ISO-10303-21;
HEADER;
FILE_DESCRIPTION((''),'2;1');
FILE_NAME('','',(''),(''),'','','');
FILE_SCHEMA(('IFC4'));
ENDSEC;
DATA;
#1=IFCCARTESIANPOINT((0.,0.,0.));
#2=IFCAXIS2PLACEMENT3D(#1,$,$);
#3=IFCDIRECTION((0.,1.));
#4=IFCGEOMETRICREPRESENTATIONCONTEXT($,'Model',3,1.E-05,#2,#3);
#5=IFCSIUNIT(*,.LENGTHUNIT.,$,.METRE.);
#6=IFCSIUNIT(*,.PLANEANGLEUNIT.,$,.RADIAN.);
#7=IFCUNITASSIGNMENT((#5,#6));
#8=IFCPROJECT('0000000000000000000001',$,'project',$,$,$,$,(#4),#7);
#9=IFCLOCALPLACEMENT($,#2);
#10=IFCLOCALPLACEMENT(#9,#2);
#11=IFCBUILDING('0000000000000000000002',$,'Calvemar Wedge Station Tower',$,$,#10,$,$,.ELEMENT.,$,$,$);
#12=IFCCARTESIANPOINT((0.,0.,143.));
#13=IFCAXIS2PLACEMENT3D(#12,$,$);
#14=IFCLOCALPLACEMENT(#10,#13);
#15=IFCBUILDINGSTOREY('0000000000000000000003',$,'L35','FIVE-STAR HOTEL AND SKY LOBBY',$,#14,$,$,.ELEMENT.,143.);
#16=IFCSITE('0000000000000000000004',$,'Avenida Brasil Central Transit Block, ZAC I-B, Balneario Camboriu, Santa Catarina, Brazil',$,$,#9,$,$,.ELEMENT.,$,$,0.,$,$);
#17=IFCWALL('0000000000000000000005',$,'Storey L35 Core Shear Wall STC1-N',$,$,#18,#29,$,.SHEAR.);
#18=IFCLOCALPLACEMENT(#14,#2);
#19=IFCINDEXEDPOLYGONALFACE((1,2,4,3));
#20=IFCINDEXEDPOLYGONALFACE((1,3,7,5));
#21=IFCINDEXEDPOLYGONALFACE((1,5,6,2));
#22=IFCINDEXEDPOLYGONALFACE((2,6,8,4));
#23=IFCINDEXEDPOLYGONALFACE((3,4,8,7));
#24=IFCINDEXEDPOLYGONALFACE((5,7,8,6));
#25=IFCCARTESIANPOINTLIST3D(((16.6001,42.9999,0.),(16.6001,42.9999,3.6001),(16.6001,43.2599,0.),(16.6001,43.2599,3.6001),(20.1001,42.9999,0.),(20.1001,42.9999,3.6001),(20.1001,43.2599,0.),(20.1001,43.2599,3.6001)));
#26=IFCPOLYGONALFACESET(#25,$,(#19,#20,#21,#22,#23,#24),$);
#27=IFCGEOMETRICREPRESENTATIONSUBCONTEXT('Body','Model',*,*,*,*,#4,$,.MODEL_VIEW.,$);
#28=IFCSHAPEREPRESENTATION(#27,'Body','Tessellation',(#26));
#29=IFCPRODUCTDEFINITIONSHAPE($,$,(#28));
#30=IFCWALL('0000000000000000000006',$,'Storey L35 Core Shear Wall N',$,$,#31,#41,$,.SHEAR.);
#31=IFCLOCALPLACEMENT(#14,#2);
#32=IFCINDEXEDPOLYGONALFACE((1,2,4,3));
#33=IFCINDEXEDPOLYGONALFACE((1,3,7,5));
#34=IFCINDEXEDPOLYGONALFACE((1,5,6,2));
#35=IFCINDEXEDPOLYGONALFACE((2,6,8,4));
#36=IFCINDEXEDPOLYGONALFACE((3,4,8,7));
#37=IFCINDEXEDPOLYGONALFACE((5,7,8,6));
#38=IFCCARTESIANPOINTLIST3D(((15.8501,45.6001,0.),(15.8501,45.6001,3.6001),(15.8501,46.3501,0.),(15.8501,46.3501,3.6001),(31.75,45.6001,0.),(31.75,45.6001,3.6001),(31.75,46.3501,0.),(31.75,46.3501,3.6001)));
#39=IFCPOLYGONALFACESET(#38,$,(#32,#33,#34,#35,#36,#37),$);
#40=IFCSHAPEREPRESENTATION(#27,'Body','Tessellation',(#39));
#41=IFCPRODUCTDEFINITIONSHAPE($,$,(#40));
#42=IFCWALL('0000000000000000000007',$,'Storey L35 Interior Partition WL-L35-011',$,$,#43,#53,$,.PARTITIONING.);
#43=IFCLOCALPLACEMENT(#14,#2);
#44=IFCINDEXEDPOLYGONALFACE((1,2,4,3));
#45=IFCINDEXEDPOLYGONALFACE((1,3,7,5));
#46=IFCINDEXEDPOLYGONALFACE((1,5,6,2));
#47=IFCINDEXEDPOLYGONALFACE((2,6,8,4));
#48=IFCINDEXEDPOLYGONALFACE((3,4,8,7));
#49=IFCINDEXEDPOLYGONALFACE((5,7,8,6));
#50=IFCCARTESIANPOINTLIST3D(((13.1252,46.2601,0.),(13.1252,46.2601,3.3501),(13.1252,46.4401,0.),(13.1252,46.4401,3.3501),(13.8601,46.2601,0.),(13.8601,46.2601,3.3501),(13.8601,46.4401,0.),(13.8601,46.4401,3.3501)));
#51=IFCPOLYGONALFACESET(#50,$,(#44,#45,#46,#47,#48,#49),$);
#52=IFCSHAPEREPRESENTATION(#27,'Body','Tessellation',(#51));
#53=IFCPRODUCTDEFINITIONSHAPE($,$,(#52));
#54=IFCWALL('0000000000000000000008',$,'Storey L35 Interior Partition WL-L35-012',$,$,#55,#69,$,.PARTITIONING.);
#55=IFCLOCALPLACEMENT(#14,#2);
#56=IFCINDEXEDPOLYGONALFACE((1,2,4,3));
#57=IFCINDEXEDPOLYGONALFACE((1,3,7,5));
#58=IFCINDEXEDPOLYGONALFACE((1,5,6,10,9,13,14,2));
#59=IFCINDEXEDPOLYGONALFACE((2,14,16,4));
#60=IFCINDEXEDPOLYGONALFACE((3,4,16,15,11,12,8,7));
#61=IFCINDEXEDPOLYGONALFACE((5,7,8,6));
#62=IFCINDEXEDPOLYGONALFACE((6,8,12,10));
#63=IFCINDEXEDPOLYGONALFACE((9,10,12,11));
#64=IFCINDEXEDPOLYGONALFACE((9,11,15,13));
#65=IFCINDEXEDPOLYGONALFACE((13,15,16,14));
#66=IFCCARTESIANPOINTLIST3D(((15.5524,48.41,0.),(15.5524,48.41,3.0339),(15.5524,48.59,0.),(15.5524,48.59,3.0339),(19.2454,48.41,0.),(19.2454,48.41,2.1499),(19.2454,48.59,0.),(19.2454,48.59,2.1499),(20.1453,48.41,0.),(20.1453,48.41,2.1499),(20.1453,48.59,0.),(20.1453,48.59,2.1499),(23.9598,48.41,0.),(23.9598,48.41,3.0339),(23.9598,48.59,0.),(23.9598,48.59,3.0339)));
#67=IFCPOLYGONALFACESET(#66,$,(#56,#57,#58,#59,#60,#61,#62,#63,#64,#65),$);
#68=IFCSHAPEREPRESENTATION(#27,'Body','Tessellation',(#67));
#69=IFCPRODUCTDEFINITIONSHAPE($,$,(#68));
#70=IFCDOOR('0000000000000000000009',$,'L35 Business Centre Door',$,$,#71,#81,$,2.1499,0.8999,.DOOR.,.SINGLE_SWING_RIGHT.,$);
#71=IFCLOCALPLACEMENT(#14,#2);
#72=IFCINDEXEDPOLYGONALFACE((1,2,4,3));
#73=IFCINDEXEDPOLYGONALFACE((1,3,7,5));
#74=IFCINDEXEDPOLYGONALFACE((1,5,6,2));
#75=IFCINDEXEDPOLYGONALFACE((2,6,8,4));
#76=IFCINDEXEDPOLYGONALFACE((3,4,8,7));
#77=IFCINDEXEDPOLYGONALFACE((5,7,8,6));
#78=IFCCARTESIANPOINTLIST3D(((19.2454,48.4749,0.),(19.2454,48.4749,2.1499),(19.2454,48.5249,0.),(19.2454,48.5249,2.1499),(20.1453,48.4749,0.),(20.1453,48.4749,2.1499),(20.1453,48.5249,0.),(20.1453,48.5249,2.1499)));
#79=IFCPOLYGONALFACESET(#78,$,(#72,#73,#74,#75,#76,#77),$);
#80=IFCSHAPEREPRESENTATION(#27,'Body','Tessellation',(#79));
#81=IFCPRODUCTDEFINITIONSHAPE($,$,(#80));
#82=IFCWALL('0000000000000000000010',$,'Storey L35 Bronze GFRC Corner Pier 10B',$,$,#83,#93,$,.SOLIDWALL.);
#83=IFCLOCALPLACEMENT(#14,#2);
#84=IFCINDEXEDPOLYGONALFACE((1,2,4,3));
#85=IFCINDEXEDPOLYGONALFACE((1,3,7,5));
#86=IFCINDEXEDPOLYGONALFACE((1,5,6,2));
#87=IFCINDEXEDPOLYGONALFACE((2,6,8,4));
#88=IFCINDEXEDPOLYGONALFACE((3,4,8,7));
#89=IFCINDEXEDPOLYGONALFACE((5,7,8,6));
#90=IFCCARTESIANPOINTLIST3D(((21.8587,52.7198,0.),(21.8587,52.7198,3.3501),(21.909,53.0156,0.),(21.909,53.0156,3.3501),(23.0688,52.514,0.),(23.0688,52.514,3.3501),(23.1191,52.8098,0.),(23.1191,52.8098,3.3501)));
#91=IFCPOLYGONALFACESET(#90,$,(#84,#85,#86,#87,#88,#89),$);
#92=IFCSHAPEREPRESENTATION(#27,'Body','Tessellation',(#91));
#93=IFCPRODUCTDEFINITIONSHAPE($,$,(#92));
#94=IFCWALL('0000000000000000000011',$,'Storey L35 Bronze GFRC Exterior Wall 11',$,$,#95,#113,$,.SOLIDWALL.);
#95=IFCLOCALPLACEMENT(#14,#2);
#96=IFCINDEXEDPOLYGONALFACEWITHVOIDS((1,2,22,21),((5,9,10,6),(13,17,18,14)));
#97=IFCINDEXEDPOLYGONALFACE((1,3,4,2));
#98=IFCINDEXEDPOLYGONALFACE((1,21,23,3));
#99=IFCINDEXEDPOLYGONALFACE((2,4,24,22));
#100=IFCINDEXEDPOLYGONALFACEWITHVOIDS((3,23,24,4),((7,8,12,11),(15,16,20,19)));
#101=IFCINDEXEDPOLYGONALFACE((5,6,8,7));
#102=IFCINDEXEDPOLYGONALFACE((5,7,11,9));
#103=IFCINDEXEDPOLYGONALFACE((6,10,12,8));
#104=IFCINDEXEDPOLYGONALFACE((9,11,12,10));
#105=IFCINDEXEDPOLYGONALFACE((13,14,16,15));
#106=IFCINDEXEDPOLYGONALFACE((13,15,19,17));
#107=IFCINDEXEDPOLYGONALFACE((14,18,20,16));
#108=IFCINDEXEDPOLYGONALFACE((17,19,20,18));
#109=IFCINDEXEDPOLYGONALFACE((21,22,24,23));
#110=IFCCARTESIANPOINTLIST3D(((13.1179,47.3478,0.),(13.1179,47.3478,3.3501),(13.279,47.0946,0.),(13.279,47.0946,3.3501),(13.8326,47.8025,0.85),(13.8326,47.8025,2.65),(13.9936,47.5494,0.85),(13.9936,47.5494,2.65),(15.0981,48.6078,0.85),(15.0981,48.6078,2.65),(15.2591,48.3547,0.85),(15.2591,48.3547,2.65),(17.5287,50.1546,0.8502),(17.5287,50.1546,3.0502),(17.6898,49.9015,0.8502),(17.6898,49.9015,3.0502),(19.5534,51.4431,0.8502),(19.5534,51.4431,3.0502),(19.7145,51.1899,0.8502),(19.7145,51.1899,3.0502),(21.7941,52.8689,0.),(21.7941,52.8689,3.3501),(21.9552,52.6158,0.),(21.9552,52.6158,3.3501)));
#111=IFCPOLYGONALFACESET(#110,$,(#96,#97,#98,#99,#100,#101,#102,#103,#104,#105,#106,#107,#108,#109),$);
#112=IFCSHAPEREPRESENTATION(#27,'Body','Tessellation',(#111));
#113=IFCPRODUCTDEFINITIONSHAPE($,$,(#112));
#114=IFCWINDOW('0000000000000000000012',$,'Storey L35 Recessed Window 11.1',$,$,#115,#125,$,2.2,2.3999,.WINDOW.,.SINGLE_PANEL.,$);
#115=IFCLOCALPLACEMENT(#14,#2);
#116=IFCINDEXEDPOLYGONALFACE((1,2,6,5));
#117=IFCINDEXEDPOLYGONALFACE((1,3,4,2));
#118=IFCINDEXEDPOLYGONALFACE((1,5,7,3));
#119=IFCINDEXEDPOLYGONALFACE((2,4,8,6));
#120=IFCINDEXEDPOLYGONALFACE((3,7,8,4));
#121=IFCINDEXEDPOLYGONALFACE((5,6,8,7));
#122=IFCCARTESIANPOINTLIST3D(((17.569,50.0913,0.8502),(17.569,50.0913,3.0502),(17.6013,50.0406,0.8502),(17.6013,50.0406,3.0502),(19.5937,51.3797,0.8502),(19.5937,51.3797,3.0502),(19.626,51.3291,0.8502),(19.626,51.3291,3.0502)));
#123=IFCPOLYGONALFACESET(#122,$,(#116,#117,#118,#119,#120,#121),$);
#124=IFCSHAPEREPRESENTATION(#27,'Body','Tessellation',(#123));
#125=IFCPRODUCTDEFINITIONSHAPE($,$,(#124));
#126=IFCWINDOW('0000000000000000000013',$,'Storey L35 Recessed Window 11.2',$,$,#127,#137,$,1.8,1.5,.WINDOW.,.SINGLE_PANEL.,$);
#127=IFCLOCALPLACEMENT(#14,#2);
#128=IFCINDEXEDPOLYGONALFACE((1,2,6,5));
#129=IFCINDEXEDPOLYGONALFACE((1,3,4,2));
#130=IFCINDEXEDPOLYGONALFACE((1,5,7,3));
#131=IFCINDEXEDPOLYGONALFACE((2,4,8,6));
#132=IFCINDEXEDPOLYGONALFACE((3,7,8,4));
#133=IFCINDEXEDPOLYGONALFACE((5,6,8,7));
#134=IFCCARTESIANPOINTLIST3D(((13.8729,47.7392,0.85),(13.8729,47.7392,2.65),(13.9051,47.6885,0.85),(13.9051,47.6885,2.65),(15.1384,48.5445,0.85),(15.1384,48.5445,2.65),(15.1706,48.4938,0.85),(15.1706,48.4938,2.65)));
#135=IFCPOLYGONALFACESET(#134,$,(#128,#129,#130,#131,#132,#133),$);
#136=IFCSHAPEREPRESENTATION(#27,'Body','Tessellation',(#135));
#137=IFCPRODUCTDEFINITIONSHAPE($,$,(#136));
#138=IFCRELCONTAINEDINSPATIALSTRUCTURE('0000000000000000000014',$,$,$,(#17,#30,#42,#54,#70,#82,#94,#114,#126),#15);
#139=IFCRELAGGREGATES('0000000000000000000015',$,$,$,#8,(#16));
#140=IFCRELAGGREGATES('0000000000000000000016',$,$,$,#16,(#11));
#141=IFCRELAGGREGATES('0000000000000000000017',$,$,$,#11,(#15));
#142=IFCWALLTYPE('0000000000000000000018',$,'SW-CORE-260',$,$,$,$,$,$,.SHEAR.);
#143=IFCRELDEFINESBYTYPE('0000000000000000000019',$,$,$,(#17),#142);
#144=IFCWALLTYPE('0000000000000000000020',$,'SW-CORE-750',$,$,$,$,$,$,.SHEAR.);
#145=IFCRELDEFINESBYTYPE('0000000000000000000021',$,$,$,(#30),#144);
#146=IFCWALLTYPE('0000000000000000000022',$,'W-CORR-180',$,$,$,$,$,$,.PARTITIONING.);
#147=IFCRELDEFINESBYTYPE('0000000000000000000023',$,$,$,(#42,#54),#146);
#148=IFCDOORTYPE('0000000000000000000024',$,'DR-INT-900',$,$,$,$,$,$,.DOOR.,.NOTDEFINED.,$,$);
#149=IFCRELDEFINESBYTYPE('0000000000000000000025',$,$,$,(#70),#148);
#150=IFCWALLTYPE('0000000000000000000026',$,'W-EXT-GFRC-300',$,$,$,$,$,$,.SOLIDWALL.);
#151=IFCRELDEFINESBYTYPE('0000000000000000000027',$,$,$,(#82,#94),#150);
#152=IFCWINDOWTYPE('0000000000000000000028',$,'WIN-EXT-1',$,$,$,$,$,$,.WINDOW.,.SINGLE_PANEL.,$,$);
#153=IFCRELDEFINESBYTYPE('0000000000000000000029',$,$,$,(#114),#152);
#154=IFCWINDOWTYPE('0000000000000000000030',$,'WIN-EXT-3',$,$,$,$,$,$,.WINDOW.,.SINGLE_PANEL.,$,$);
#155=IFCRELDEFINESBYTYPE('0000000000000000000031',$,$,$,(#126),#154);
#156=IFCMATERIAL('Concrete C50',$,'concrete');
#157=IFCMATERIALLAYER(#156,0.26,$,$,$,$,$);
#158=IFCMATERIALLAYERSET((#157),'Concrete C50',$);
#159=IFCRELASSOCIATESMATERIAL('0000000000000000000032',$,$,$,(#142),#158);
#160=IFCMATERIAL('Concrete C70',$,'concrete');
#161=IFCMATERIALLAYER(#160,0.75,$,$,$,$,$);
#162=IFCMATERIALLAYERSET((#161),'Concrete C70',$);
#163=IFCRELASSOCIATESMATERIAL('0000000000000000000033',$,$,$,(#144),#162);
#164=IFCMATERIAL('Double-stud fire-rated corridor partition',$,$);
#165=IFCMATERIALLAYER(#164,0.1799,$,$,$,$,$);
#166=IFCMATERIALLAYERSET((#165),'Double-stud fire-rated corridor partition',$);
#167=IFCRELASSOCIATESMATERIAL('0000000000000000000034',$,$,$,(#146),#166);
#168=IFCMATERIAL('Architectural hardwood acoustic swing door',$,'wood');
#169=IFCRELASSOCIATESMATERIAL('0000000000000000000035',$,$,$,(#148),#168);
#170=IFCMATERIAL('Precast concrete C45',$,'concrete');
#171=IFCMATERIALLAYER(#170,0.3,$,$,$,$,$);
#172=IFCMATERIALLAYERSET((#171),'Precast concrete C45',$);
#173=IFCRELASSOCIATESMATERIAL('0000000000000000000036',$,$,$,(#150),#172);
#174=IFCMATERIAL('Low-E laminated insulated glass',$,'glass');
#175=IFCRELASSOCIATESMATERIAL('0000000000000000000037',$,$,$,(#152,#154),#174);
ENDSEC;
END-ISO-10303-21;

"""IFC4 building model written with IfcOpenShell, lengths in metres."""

from ifc_helpers import new_model, si_unit, direction, frame, frame_2d, origin, place, context, subcontext, project, spatial, rectangle, extrude, source, transform, mapped, material, layer, layer_set, type_object, element, fill, save


model = new_model("IFC4")

# Units and contexts
model_context = context("Model", 3, precision=1e-05, world=origin(), true_north=direction((0.0, 1.0)))
body_context = subcontext(model_context, "Body", "Model", "MODEL_VIEW")
ifc_project = project(units=[si_unit("LENGTHUNIT", "METRE"), si_unit("PLANEANGLEUNIT", "RADIAN")], contexts=[model_context])

# Site, building, storey
site_placement = place(None, origin())
site = spatial("IfcSite", under=ifc_project, at=site_placement, Name="Avenida Brasil Central Transit Block, ZAC I-B, Balneario Camboriu, Santa Catarina, Brazil", CompositionType="ELEMENT", RefElevation=0.0)
building_placement = place(site_placement, origin())
building = spatial("IfcBuilding", under=site, at=building_placement, Name="Calvemar Wedge Station Tower", CompositionType="ELEMENT")
storey_placement = place(building_placement, frame((0.0, 0.0, 143.0)))
storey = spatial("IfcBuildingStorey", under=building, at=storey_placement, Name="L35", Description="FIVE-STAR HOTEL AND SKY LOBBY", CompositionType="ELEMENT", Elevation=143.0)

# Walls
ifc_material_1 = material(Name="Concrete C50", Category="concrete")
ifc_layer_1 = layer(ifc_material_1, 0.26)
ifc_layer_set_1 = layer_set([ifc_layer_1], Name="Concrete C50")
wall_type_1 = type_object("IfcWallType", Name="SW-CORE-260", PredefinedType="SHEAR", material=ifc_layer_set_1)
wall_1_placement = place(storey_placement, frame((16.6001, 43.1299, 0.0), z_axis=(0.0, 0.0, 1.0), x_axis=(1.0, 0.0, 0.0)))
element("IfcWall", 1, at=wall_1_placement, inside=storey, type_object=wall_type_1, Name="Storey L35 Core Shear Wall STC1-N", PredefinedType="SHEAR", context=body_context, shape_type="SweptSolid", body=[
    extrude(rectangle(XDim=3.5, YDim=0.26, at=frame_2d((1.75, 0.0))), origin(), (0.0, 0.0, 1.0), 3.6001),
])
ifc_material_2 = material(Name="Concrete C70", Category="concrete")
ifc_layer_2 = layer(ifc_material_2, 0.75)
ifc_layer_set_2 = layer_set([ifc_layer_2], Name="Concrete C70")
wall_type_2 = type_object("IfcWallType", Name="SW-CORE-750", PredefinedType="SHEAR", material=ifc_layer_set_2)
wall_2_placement = place(storey_placement, frame((15.8501, 45.9751, 0.0), z_axis=(0.0, 0.0, 1.0), x_axis=(1.0, 0.0, 0.0)))
element("IfcWall", 2, at=wall_2_placement, inside=storey, type_object=wall_type_2, Name="Storey L35 Core Shear Wall N", PredefinedType="SHEAR", context=body_context, shape_type="SweptSolid", body=[
    extrude(rectangle(XDim=15.8999, YDim=0.75, at=frame_2d((7.95, 0.0))), origin(), (0.0, 0.0, 1.0), 3.6001),
])
ifc_material_3 = material(Name="Double-stud fire-rated corridor partition")
ifc_layer_3 = layer(ifc_material_3, 0.1799)
ifc_layer_set_3 = layer_set([ifc_layer_3], Name="Double-stud fire-rated corridor partition")
wall_type_3 = type_object("IfcWallType", Name="W-CORR-180", PredefinedType="PARTITIONING", material=ifc_layer_set_3)
wall_3_placement = place(storey_placement, frame((13.8601, 46.3501, 0.0), z_axis=(0.0, 0.0, 1.0), x_axis=(-1.0, 0.0, 0.0)))
element("IfcWall", 3, at=wall_3_placement, inside=storey, type_object=wall_type_3, Name="Storey L35 Interior Partition WL-L35-011", PredefinedType="PARTITIONING", context=body_context, shape_type="SweptSolid", body=[
    extrude(rectangle(XDim=0.7349, YDim=0.1799, at=frame_2d((0.3674, 0.0))), origin(), (0.0, 0.0, 1.0), 3.3501),
])

# Wall, opening, door
wall_4_placement = place(storey_placement, frame((15.5525, 48.5, 0.0), z_axis=(0.0, 0.0, 1.0), x_axis=(1.0, 0.0, 0.0)))
wall_4 = element("IfcWall", 4, at=wall_4_placement, inside=storey, type_object=wall_type_3, Name="Storey L35 Interior Partition WL-L35-012", PredefinedType="PARTITIONING", context=body_context, shape_type="SweptSolid", body=[
    extrude(rectangle(XDim=8.4075, YDim=0.1799, at=frame_2d((4.2036, 0.0))), origin(), (0.0, 0.0, 1.0), 3.0339),
])
shared_shape_1 = source(origin(), body_context, "Body", "SweptSolid", [
    extrude(rectangle(XDim=0.8999, YDim=2.1499, at=frame_2d((0.45, 1.075))), frame((0.0, 0.1001, 0.0), z_axis=(0.0, -1.0, 0.0), x_axis=(1.0, 0.0, 0.0)), (0.0, 0.0, 1.0), 0.2),
])
opening_1_placement = place(wall_4_placement, frame((3.6929, 0.0, 0.0)))
opening_1 = element("IfcOpeningElement", 5, at=opening_1_placement, cuts=wall_4, PredefinedType="OPENING", context=body_context, shape_type="MappedRepresentation", body=[
    mapped(shared_shape_1, transform((0.0, 0.0, 0.0), scale=1.0)),
])
ifc_material_4 = material(Name="Architectural hardwood acoustic swing door", Category="wood")
door_type_1 = type_object("IfcDoorType", Name="DR-INT-900", OperationType="NOTDEFINED", PredefinedType="DOOR", material=ifc_material_4)
shared_shape_2 = source(origin(), body_context, "Body", "SweptSolid", [
    extrude(rectangle(XDim=0.8999, YDim=2.1499, at=frame_2d((0.45, 1.075))), frame((0.0, 0.0249, 0.0), z_axis=(0.0, -1.0, 0.0), x_axis=(1.0, 0.0, 0.0)), (0.0, 0.0, 1.0), 0.05),
])
door_1_placement = place(opening_1_placement, origin())
door_1 = element("IfcDoor", 6, at=door_1_placement, inside=storey, type_object=door_type_1, Name="L35 Business Centre Door", OperationType="SINGLE_SWING_RIGHT", OverallHeight=2.1499, OverallWidth=0.8999, PredefinedType="DOOR", context=body_context, shape_type="MappedRepresentation", body=[
    mapped(shared_shape_2, transform((0.0, 0.0, 0.0), scale=1.0)),
])
fill(opening_1, door_1)

# Wall
ifc_material_5 = material(Name="Precast concrete C45", Category="concrete")
ifc_layer_4 = layer(ifc_material_5, 0.3)
ifc_layer_set_4 = layer_set([ifc_layer_4], Name="Precast concrete C45")
wall_type_4 = type_object("IfcWallType", Name="W-EXT-GFRC-300", PredefinedType="SOLIDWALL", material=ifc_layer_set_4)
wall_5_placement = place(storey_placement, frame((23.094, 52.6619, 0.0), z_axis=(0.0, 0.0, 1.0), x_axis=(-0.985846, 0.167655, 0.0)))
element("IfcWall", 7, at=wall_5_placement, inside=storey, type_object=wall_type_4, Name="Storey L35 Bronze GFRC Corner Pier 10B", PredefinedType="SOLIDWALL", context=body_context, shape_type="SweptSolid", body=[
    extrude(rectangle(XDim=1.2275, YDim=0.3, at=frame_2d((0.6138, 0.0))), origin(), (0.0, 0.0, 1.0), 3.3501),
])

# Wall, openings, windows
wall_6_placement = place(storey_placement, frame((21.8748, 52.7424, 0.0), z_axis=(0.0, 0.0, 1.0), x_axis=(-0.843662, -0.536874, 0.0)))
wall_6 = element("IfcWall", 8, at=wall_6_placement, inside=storey, type_object=wall_type_4, Name="Storey L35 Bronze GFRC Exterior Wall 11", PredefinedType="SOLIDWALL", context=body_context, shape_type="SweptSolid", body=[
    extrude(rectangle(XDim=10.2839, YDim=0.3, at=frame_2d((5.1421, 0.0))), origin(), (0.0, 0.0, 1.0), 3.3501),
])
shared_shape_3 = source(origin(), body_context, "Body", "SweptSolid", [
    extrude(rectangle(XDim=2.3999, YDim=2.2, at=frame_2d((1.2, 1.1001))), frame((0.0, 0.1602, 0.0), z_axis=(0.0, -1.0, 0.0), x_axis=(1.0, 0.0, 0.0)), (0.0, 0.0, 1.0), 0.3201),
])
opening_2_placement = place(wall_6_placement, frame((2.656, 0.0, 0.8501)))
opening_2 = element("IfcOpeningElement", 9, at=opening_2_placement, cuts=wall_6, PredefinedType="OPENING", context=body_context, shape_type="MappedRepresentation", body=[
    mapped(shared_shape_3, transform((0.0, 0.0, 0.0), scale=1.0)),
])
shared_shape_4 = source(origin(), body_context, "Body", "SweptSolid", [
    extrude(rectangle(XDim=1.5, YDim=1.8, at=frame_2d((0.75, 0.8999))), frame((0.0, 0.1602, 0.0), z_axis=(0.0, -1.0, 0.0), x_axis=(1.0, 0.0, 0.0)), (0.0, 0.0, 1.0), 0.3201),
])
opening_3_placement = place(wall_6_placement, frame((7.937, 0.0, 0.8501)))
opening_3 = element("IfcOpeningElement", 10, at=opening_3_placement, cuts=wall_6, PredefinedType="OPENING", context=body_context, shape_type="MappedRepresentation", body=[
    mapped(shared_shape_4, transform((0.0, 0.0, 0.0), scale=1.0)),
])
ifc_material_6 = material(Name="Low-E laminated insulated glass", Category="glass")
window_type_1 = type_object("IfcWindowType", Name="WIN-EXT-1", PartitioningType="SINGLE_PANEL", PredefinedType="WINDOW", material=ifc_material_6)
shared_shape_5 = source(origin(), body_context, "Body", "SweptSolid", [
    extrude(rectangle(XDim=2.3999, YDim=2.2, at=frame_2d((1.2, 1.1001))), frame((0.0, -0.0149, 0.0), z_axis=(0.0, -1.0, 0.0), x_axis=(1.0, 0.0, 0.0)), (0.0, 0.0, 1.0), 0.0601),
])
window_1_placement = place(opening_2_placement, origin())
window_1 = element("IfcWindow", 11, at=window_1_placement, inside=storey, type_object=window_type_1, Name="Storey L35 Recessed Window 11.1", OverallHeight=2.2, OverallWidth=2.3999, PartitioningType="SINGLE_PANEL", PredefinedType="WINDOW", context=body_context, shape_type="MappedRepresentation", body=[
    mapped(shared_shape_5, transform((0.0, 0.0, 0.0), scale=1.0)),
])
fill(opening_2, window_1)
window_type_2 = type_object("IfcWindowType", Name="WIN-EXT-3", PartitioningType="SINGLE_PANEL", PredefinedType="WINDOW", material=ifc_material_6)
shared_shape_6 = source(origin(), body_context, "Body", "SweptSolid", [
    extrude(rectangle(XDim=1.5, YDim=1.8, at=frame_2d((0.75, 0.8999))), frame((0.0, -0.0149, 0.0), z_axis=(0.0, -1.0, 0.0), x_axis=(1.0, 0.0, 0.0)), (0.0, 0.0, 1.0), 0.0601),
])
window_2_placement = place(opening_3_placement, origin())
window_2 = element("IfcWindow", 12, at=window_2_placement, inside=storey, type_object=window_type_2, Name="Storey L35 Recessed Window 11.2", OverallHeight=1.8, OverallWidth=1.5, PartitioningType="SINGLE_PANEL", PredefinedType="WINDOW", context=body_context, shape_type="MappedRepresentation", body=[
    mapped(shared_shape_6, transform((0.0, 0.0, 0.0), scale=1.0)),
])
fill(opening_3, window_2)

save(model, "model.ifc")
